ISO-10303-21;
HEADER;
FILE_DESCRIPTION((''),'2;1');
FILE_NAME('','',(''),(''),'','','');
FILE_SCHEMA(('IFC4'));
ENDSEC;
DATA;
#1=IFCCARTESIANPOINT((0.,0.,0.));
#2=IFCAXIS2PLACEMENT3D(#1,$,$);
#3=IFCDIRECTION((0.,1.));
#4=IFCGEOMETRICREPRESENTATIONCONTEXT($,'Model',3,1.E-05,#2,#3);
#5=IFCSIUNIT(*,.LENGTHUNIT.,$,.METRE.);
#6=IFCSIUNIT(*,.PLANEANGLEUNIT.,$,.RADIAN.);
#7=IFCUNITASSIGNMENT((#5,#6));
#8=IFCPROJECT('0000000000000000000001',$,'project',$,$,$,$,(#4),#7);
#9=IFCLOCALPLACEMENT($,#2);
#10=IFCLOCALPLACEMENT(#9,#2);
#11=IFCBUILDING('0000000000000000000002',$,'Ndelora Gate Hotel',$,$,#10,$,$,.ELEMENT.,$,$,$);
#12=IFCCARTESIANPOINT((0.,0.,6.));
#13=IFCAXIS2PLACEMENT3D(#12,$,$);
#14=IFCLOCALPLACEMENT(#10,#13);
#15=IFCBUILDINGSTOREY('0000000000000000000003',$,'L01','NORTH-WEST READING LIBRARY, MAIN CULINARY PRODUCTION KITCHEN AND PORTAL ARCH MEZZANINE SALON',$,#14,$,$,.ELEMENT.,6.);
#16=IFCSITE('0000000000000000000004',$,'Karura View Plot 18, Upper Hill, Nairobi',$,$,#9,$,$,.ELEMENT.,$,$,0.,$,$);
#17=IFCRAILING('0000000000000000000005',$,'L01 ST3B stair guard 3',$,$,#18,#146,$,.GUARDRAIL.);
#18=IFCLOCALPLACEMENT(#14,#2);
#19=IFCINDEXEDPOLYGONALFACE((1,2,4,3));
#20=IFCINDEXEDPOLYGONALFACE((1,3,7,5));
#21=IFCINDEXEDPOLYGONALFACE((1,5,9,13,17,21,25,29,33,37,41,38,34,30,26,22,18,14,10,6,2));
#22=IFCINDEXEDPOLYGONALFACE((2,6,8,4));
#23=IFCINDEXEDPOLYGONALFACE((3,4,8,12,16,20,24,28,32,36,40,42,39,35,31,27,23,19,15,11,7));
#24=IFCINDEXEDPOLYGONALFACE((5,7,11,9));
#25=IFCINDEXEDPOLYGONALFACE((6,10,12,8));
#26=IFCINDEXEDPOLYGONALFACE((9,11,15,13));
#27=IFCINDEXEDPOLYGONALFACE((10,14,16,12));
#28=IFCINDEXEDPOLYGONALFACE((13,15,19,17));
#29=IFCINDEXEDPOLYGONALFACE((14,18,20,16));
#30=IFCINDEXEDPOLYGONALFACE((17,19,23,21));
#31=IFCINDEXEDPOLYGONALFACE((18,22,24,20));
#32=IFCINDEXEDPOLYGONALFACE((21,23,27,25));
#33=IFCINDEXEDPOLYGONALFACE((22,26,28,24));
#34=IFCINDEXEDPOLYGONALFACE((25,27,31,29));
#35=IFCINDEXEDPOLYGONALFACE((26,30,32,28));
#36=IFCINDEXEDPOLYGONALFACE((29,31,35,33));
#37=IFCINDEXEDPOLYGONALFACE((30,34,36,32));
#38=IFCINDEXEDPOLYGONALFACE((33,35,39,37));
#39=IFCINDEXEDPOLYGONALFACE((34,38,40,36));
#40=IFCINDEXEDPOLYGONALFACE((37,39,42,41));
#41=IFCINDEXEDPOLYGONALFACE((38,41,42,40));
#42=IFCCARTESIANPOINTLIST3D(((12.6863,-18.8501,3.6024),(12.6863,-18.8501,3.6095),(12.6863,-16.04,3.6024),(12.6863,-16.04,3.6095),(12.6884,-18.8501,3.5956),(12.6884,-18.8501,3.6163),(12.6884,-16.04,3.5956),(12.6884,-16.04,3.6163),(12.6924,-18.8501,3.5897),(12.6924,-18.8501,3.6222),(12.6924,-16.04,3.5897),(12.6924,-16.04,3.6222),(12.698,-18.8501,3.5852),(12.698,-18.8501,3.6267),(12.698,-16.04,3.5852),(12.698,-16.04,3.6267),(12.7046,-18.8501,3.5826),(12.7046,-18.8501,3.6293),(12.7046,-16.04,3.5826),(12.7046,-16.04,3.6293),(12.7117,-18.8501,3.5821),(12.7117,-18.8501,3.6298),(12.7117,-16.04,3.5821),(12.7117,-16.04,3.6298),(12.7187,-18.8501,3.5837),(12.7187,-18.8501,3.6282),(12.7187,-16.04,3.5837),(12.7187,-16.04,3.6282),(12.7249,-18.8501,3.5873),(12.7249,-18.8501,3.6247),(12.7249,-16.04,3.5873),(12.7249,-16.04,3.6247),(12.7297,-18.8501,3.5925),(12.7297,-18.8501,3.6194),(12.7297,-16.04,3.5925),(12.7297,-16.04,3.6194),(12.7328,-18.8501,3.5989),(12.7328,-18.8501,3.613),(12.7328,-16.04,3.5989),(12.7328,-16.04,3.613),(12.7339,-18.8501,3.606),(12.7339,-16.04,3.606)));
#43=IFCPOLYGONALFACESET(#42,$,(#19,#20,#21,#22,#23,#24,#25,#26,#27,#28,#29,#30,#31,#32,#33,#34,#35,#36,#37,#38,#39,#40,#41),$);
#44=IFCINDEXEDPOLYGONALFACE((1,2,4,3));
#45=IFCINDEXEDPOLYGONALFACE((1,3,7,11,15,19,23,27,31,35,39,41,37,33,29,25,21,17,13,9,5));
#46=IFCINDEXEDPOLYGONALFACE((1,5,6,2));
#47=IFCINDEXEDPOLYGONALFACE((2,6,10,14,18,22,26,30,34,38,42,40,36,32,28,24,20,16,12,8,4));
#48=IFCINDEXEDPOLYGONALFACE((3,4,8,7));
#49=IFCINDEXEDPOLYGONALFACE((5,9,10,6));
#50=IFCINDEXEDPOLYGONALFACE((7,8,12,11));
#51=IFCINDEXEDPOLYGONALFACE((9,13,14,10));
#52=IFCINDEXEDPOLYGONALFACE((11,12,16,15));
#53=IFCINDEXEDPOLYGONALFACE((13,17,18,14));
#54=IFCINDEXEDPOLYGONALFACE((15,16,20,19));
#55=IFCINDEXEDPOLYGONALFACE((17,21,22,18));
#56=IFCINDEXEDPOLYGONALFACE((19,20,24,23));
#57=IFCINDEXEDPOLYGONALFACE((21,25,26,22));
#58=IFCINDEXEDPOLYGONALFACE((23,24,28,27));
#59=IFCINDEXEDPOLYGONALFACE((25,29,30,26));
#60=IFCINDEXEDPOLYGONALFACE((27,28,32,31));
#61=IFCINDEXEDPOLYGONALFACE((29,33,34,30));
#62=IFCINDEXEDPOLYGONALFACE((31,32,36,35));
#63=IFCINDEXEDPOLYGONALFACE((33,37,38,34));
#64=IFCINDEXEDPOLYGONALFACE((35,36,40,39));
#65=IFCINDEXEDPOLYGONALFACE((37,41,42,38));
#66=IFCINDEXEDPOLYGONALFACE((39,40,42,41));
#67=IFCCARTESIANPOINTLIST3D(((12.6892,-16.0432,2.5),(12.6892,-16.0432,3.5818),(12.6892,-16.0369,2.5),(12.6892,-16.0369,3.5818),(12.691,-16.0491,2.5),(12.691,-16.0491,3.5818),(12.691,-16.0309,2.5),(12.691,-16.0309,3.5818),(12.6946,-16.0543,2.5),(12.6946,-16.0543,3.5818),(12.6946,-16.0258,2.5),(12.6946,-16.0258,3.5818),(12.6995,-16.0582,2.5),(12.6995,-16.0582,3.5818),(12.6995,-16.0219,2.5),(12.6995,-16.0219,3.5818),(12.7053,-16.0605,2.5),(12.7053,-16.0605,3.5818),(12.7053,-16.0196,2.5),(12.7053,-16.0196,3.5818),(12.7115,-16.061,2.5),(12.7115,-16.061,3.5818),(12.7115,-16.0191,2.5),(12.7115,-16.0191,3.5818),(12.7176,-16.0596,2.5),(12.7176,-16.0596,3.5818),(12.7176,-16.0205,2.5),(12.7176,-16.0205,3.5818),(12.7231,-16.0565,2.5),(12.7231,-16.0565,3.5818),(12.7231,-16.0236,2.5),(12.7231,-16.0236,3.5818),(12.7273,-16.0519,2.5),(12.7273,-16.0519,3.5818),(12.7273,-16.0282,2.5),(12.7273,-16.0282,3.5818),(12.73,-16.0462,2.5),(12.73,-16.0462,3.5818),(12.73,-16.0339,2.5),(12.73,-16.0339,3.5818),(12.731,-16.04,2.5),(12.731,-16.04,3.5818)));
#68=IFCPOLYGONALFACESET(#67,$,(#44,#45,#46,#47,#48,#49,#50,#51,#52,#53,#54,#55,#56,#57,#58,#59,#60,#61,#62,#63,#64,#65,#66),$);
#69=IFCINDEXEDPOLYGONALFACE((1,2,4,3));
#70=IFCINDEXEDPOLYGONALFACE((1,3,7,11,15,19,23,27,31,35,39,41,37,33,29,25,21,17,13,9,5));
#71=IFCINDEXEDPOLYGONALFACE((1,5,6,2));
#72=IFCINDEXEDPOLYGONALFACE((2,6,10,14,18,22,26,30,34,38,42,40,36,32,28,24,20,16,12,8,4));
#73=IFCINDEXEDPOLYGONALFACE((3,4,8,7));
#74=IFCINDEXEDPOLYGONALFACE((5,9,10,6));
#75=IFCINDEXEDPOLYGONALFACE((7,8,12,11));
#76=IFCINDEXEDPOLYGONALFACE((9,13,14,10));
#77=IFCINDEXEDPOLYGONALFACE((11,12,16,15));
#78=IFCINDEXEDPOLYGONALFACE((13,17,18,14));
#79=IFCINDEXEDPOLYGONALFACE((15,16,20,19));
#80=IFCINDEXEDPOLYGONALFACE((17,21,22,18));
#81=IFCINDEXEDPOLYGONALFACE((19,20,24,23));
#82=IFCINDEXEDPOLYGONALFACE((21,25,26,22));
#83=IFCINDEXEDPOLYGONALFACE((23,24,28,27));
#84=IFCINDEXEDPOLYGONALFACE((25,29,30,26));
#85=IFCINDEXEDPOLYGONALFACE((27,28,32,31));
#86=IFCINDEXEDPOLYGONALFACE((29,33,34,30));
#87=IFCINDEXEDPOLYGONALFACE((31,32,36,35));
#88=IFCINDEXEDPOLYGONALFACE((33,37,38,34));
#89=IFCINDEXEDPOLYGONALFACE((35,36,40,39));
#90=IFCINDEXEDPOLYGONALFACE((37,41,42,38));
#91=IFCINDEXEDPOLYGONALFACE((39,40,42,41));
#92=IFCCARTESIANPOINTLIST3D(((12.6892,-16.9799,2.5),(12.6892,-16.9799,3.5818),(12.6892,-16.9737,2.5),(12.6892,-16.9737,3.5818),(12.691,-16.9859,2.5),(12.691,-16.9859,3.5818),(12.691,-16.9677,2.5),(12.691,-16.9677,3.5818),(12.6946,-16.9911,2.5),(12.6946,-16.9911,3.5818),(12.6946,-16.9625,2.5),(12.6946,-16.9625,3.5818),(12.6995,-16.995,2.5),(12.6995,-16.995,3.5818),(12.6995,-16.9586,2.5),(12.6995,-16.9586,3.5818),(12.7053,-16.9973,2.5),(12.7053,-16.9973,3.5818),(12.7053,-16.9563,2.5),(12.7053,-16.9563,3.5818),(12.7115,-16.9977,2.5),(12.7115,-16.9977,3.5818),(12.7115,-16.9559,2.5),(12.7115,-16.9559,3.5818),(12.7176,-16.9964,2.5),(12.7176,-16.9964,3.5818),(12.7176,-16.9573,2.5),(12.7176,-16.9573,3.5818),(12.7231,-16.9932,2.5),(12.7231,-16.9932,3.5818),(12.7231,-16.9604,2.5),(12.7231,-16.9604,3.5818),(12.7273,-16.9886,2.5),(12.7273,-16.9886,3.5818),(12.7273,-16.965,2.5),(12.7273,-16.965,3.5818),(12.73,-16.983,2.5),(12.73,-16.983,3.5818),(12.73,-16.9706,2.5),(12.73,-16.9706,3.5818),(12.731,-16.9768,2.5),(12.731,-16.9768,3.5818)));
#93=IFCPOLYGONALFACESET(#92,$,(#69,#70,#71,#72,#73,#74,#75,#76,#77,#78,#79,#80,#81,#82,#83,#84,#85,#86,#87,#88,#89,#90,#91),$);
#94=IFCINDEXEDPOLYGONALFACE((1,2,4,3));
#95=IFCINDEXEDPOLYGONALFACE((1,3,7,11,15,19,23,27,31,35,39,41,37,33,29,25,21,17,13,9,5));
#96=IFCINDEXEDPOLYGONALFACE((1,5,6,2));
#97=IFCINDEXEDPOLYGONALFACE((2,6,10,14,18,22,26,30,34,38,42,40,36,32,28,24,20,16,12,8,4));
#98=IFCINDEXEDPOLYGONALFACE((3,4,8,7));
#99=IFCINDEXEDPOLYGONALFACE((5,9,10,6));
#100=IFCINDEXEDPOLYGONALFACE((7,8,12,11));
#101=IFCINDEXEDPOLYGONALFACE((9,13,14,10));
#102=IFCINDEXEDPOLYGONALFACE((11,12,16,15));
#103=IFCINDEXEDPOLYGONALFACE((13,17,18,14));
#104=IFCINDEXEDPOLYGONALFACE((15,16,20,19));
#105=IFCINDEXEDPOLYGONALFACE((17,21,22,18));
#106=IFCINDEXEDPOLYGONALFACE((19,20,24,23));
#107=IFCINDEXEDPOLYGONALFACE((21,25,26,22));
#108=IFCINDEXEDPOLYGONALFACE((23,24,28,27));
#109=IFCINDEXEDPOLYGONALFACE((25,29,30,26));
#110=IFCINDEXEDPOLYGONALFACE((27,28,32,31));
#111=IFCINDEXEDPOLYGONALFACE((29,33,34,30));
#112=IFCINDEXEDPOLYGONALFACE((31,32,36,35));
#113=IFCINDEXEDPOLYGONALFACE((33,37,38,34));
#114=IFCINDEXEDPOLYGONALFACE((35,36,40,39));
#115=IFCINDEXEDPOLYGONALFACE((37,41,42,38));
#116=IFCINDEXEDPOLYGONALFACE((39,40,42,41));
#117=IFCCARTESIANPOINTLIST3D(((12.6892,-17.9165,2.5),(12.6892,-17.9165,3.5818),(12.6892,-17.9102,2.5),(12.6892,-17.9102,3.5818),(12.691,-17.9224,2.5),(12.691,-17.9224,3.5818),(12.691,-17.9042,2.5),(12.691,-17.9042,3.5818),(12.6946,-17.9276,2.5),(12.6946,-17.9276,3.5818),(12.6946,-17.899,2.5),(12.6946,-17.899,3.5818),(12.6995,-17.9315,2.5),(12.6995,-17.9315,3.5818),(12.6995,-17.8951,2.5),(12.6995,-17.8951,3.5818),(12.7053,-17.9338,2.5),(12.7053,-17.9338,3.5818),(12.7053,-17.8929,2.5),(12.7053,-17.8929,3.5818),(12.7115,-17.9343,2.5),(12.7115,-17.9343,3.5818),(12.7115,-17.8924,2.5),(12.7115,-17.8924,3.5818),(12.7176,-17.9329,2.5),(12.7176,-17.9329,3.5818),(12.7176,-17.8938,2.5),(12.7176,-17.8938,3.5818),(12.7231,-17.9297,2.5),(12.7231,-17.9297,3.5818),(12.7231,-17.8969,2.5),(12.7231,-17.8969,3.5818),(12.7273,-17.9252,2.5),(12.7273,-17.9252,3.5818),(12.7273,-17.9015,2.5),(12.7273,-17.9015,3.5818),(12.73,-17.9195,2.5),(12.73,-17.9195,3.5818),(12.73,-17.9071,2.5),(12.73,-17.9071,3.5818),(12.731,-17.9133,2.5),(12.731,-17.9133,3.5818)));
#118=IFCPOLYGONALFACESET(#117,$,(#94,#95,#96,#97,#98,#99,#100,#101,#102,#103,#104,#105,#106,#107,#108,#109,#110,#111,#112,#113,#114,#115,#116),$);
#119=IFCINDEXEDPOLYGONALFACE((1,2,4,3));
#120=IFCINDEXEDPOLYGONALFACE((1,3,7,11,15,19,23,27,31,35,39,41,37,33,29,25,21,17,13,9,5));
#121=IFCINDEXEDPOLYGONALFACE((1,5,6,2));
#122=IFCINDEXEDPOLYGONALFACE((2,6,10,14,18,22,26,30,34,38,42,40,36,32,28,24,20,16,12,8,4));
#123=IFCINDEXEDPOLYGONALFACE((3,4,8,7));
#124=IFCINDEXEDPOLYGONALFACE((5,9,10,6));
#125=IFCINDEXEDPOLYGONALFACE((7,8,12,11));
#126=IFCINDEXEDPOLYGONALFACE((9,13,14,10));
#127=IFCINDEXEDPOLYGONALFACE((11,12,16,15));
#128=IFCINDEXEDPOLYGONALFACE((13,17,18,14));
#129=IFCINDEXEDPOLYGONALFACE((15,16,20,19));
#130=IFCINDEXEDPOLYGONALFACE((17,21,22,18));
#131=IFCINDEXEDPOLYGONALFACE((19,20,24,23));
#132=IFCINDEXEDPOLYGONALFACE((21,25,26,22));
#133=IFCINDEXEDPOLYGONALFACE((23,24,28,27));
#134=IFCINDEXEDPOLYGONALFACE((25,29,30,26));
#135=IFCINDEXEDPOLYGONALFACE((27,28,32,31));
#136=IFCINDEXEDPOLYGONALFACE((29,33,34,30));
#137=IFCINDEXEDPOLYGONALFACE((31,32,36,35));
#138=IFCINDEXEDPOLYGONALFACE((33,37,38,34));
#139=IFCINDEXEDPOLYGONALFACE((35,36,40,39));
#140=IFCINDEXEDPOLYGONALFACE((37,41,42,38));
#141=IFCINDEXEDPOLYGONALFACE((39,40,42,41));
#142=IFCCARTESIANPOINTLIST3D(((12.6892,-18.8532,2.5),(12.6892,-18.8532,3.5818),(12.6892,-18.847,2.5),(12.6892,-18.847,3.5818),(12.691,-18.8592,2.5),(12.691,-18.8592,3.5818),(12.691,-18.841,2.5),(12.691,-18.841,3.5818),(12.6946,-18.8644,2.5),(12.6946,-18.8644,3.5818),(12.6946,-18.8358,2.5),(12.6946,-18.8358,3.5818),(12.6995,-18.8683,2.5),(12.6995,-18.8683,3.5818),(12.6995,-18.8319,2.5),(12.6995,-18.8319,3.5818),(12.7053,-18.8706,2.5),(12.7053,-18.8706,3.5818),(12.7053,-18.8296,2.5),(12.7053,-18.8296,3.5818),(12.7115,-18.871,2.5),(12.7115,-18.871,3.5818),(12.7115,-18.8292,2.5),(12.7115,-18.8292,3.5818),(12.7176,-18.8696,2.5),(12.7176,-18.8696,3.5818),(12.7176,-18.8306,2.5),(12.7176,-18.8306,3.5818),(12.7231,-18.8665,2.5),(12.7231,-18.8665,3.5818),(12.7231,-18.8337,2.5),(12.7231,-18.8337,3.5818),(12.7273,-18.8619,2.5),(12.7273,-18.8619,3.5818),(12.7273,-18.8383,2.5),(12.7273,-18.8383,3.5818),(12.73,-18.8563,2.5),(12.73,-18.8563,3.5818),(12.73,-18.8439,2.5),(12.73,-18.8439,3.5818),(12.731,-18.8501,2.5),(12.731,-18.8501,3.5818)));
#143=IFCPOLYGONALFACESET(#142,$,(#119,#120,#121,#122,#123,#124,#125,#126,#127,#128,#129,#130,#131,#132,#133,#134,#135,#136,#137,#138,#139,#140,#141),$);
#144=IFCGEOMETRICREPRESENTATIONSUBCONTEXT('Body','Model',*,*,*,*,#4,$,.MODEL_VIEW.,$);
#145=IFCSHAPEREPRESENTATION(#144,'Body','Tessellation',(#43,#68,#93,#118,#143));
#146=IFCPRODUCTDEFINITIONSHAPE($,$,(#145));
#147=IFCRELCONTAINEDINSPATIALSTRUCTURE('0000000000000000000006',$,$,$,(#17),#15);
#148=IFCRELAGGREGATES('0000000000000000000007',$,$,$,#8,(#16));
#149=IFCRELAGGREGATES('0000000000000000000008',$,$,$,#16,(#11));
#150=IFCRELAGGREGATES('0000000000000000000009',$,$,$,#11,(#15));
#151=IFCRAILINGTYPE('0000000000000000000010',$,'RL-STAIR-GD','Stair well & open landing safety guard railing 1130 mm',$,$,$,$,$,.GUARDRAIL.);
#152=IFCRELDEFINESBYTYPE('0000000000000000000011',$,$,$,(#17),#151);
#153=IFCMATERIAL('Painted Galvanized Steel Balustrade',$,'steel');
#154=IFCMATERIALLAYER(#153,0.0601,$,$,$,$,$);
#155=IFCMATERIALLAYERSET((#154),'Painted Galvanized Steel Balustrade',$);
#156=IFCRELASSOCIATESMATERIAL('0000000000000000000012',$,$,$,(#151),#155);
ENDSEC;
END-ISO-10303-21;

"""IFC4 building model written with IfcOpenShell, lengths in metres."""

from ifc_helpers import new_model, si_unit, direction, frame, origin, origin_2d, place, context, subcontext, project, spatial, circle, extrude, material, layer, layer_set, type_object, element, save


model = new_model("IFC4")

# Units and contexts
model_context = context("Model", 3, precision=1e-05, world=origin(), true_north=direction((0.0, 1.0)))
body_context = subcontext(model_context, "Body", "Model", "MODEL_VIEW")
ifc_project = project(units=[si_unit("LENGTHUNIT", "METRE"), si_unit("PLANEANGLEUNIT", "RADIAN")], contexts=[model_context])

# Site, building, storey
site_placement = place(None, origin())
site = spatial("IfcSite", under=ifc_project, at=site_placement, Name="Karura View Plot 18, Upper Hill, Nairobi", CompositionType="ELEMENT", RefElevation=0.0)
building_placement = place(site_placement, origin())
building = spatial("IfcBuilding", under=site, at=building_placement, Name="Ndelora Gate Hotel", CompositionType="ELEMENT")
storey_placement = place(building_placement, frame((0.0, 0.0, 6.0)))
storey = spatial("IfcBuildingStorey", under=building, at=storey_placement, Name="L01", Description="NORTH-WEST READING LIBRARY, MAIN CULINARY PRODUCTION KITCHEN AND PORTAL ARCH MEZZANINE SALON", CompositionType="ELEMENT", Elevation=6.0)

# Railing
ifc_material_1 = material(Name="Painted Galvanized Steel Balustrade", Category="steel")
ifc_layer_1 = layer(ifc_material_1, 0.0601)
ifc_layer_set_1 = layer_set([ifc_layer_1], Name="Painted Galvanized Steel Balustrade")
railing_type_1 = type_object("IfcRailingType", Name="RL-STAIR-GD", Description="Stair well & open landing safety guard railing 1130 mm", PredefinedType="GUARDRAIL", material=ifc_layer_set_1)
for number, where, name in (
    (1, (12.71, -16.04, 2.5), "L01 ST3B stair guard 3"),
):
    element("IfcRailing", number, at=place(storey_placement, frame(where)), inside=storey, type_object=railing_type_1, Name=name, PredefinedType="GUARDRAIL", context=body_context, shape_type="SweptSolid", body=[
        extrude(circle(Radius=0.0239, at=origin_2d()), frame((0.0, 0.0, 1.106), z_axis=(0.0, -1.0, 0.0), x_axis=(1.0, 0.0, 0.0)), (0.0, 0.0, 1.0), 2.8101),
        extrude(circle(Radius=0.021, at=origin_2d()), origin(), (0.0, 0.0, 1.0), 1.0818),
        extrude(circle(Radius=0.021, at=origin_2d()), frame((0.0, -0.9368, 0.0)), (0.0, 0.0, 1.0), 1.0818),
        extrude(circle(Radius=0.021, at=origin_2d()), frame((0.0, -1.8733, 0.0)), (0.0, 0.0, 1.0), 1.0818),
        extrude(circle(Radius=0.021, at=origin_2d()), frame((0.0, -2.8101, 0.0)), (0.0, 0.0, 1.0), 1.0818),
    ])

save(model, "model.ifc")
